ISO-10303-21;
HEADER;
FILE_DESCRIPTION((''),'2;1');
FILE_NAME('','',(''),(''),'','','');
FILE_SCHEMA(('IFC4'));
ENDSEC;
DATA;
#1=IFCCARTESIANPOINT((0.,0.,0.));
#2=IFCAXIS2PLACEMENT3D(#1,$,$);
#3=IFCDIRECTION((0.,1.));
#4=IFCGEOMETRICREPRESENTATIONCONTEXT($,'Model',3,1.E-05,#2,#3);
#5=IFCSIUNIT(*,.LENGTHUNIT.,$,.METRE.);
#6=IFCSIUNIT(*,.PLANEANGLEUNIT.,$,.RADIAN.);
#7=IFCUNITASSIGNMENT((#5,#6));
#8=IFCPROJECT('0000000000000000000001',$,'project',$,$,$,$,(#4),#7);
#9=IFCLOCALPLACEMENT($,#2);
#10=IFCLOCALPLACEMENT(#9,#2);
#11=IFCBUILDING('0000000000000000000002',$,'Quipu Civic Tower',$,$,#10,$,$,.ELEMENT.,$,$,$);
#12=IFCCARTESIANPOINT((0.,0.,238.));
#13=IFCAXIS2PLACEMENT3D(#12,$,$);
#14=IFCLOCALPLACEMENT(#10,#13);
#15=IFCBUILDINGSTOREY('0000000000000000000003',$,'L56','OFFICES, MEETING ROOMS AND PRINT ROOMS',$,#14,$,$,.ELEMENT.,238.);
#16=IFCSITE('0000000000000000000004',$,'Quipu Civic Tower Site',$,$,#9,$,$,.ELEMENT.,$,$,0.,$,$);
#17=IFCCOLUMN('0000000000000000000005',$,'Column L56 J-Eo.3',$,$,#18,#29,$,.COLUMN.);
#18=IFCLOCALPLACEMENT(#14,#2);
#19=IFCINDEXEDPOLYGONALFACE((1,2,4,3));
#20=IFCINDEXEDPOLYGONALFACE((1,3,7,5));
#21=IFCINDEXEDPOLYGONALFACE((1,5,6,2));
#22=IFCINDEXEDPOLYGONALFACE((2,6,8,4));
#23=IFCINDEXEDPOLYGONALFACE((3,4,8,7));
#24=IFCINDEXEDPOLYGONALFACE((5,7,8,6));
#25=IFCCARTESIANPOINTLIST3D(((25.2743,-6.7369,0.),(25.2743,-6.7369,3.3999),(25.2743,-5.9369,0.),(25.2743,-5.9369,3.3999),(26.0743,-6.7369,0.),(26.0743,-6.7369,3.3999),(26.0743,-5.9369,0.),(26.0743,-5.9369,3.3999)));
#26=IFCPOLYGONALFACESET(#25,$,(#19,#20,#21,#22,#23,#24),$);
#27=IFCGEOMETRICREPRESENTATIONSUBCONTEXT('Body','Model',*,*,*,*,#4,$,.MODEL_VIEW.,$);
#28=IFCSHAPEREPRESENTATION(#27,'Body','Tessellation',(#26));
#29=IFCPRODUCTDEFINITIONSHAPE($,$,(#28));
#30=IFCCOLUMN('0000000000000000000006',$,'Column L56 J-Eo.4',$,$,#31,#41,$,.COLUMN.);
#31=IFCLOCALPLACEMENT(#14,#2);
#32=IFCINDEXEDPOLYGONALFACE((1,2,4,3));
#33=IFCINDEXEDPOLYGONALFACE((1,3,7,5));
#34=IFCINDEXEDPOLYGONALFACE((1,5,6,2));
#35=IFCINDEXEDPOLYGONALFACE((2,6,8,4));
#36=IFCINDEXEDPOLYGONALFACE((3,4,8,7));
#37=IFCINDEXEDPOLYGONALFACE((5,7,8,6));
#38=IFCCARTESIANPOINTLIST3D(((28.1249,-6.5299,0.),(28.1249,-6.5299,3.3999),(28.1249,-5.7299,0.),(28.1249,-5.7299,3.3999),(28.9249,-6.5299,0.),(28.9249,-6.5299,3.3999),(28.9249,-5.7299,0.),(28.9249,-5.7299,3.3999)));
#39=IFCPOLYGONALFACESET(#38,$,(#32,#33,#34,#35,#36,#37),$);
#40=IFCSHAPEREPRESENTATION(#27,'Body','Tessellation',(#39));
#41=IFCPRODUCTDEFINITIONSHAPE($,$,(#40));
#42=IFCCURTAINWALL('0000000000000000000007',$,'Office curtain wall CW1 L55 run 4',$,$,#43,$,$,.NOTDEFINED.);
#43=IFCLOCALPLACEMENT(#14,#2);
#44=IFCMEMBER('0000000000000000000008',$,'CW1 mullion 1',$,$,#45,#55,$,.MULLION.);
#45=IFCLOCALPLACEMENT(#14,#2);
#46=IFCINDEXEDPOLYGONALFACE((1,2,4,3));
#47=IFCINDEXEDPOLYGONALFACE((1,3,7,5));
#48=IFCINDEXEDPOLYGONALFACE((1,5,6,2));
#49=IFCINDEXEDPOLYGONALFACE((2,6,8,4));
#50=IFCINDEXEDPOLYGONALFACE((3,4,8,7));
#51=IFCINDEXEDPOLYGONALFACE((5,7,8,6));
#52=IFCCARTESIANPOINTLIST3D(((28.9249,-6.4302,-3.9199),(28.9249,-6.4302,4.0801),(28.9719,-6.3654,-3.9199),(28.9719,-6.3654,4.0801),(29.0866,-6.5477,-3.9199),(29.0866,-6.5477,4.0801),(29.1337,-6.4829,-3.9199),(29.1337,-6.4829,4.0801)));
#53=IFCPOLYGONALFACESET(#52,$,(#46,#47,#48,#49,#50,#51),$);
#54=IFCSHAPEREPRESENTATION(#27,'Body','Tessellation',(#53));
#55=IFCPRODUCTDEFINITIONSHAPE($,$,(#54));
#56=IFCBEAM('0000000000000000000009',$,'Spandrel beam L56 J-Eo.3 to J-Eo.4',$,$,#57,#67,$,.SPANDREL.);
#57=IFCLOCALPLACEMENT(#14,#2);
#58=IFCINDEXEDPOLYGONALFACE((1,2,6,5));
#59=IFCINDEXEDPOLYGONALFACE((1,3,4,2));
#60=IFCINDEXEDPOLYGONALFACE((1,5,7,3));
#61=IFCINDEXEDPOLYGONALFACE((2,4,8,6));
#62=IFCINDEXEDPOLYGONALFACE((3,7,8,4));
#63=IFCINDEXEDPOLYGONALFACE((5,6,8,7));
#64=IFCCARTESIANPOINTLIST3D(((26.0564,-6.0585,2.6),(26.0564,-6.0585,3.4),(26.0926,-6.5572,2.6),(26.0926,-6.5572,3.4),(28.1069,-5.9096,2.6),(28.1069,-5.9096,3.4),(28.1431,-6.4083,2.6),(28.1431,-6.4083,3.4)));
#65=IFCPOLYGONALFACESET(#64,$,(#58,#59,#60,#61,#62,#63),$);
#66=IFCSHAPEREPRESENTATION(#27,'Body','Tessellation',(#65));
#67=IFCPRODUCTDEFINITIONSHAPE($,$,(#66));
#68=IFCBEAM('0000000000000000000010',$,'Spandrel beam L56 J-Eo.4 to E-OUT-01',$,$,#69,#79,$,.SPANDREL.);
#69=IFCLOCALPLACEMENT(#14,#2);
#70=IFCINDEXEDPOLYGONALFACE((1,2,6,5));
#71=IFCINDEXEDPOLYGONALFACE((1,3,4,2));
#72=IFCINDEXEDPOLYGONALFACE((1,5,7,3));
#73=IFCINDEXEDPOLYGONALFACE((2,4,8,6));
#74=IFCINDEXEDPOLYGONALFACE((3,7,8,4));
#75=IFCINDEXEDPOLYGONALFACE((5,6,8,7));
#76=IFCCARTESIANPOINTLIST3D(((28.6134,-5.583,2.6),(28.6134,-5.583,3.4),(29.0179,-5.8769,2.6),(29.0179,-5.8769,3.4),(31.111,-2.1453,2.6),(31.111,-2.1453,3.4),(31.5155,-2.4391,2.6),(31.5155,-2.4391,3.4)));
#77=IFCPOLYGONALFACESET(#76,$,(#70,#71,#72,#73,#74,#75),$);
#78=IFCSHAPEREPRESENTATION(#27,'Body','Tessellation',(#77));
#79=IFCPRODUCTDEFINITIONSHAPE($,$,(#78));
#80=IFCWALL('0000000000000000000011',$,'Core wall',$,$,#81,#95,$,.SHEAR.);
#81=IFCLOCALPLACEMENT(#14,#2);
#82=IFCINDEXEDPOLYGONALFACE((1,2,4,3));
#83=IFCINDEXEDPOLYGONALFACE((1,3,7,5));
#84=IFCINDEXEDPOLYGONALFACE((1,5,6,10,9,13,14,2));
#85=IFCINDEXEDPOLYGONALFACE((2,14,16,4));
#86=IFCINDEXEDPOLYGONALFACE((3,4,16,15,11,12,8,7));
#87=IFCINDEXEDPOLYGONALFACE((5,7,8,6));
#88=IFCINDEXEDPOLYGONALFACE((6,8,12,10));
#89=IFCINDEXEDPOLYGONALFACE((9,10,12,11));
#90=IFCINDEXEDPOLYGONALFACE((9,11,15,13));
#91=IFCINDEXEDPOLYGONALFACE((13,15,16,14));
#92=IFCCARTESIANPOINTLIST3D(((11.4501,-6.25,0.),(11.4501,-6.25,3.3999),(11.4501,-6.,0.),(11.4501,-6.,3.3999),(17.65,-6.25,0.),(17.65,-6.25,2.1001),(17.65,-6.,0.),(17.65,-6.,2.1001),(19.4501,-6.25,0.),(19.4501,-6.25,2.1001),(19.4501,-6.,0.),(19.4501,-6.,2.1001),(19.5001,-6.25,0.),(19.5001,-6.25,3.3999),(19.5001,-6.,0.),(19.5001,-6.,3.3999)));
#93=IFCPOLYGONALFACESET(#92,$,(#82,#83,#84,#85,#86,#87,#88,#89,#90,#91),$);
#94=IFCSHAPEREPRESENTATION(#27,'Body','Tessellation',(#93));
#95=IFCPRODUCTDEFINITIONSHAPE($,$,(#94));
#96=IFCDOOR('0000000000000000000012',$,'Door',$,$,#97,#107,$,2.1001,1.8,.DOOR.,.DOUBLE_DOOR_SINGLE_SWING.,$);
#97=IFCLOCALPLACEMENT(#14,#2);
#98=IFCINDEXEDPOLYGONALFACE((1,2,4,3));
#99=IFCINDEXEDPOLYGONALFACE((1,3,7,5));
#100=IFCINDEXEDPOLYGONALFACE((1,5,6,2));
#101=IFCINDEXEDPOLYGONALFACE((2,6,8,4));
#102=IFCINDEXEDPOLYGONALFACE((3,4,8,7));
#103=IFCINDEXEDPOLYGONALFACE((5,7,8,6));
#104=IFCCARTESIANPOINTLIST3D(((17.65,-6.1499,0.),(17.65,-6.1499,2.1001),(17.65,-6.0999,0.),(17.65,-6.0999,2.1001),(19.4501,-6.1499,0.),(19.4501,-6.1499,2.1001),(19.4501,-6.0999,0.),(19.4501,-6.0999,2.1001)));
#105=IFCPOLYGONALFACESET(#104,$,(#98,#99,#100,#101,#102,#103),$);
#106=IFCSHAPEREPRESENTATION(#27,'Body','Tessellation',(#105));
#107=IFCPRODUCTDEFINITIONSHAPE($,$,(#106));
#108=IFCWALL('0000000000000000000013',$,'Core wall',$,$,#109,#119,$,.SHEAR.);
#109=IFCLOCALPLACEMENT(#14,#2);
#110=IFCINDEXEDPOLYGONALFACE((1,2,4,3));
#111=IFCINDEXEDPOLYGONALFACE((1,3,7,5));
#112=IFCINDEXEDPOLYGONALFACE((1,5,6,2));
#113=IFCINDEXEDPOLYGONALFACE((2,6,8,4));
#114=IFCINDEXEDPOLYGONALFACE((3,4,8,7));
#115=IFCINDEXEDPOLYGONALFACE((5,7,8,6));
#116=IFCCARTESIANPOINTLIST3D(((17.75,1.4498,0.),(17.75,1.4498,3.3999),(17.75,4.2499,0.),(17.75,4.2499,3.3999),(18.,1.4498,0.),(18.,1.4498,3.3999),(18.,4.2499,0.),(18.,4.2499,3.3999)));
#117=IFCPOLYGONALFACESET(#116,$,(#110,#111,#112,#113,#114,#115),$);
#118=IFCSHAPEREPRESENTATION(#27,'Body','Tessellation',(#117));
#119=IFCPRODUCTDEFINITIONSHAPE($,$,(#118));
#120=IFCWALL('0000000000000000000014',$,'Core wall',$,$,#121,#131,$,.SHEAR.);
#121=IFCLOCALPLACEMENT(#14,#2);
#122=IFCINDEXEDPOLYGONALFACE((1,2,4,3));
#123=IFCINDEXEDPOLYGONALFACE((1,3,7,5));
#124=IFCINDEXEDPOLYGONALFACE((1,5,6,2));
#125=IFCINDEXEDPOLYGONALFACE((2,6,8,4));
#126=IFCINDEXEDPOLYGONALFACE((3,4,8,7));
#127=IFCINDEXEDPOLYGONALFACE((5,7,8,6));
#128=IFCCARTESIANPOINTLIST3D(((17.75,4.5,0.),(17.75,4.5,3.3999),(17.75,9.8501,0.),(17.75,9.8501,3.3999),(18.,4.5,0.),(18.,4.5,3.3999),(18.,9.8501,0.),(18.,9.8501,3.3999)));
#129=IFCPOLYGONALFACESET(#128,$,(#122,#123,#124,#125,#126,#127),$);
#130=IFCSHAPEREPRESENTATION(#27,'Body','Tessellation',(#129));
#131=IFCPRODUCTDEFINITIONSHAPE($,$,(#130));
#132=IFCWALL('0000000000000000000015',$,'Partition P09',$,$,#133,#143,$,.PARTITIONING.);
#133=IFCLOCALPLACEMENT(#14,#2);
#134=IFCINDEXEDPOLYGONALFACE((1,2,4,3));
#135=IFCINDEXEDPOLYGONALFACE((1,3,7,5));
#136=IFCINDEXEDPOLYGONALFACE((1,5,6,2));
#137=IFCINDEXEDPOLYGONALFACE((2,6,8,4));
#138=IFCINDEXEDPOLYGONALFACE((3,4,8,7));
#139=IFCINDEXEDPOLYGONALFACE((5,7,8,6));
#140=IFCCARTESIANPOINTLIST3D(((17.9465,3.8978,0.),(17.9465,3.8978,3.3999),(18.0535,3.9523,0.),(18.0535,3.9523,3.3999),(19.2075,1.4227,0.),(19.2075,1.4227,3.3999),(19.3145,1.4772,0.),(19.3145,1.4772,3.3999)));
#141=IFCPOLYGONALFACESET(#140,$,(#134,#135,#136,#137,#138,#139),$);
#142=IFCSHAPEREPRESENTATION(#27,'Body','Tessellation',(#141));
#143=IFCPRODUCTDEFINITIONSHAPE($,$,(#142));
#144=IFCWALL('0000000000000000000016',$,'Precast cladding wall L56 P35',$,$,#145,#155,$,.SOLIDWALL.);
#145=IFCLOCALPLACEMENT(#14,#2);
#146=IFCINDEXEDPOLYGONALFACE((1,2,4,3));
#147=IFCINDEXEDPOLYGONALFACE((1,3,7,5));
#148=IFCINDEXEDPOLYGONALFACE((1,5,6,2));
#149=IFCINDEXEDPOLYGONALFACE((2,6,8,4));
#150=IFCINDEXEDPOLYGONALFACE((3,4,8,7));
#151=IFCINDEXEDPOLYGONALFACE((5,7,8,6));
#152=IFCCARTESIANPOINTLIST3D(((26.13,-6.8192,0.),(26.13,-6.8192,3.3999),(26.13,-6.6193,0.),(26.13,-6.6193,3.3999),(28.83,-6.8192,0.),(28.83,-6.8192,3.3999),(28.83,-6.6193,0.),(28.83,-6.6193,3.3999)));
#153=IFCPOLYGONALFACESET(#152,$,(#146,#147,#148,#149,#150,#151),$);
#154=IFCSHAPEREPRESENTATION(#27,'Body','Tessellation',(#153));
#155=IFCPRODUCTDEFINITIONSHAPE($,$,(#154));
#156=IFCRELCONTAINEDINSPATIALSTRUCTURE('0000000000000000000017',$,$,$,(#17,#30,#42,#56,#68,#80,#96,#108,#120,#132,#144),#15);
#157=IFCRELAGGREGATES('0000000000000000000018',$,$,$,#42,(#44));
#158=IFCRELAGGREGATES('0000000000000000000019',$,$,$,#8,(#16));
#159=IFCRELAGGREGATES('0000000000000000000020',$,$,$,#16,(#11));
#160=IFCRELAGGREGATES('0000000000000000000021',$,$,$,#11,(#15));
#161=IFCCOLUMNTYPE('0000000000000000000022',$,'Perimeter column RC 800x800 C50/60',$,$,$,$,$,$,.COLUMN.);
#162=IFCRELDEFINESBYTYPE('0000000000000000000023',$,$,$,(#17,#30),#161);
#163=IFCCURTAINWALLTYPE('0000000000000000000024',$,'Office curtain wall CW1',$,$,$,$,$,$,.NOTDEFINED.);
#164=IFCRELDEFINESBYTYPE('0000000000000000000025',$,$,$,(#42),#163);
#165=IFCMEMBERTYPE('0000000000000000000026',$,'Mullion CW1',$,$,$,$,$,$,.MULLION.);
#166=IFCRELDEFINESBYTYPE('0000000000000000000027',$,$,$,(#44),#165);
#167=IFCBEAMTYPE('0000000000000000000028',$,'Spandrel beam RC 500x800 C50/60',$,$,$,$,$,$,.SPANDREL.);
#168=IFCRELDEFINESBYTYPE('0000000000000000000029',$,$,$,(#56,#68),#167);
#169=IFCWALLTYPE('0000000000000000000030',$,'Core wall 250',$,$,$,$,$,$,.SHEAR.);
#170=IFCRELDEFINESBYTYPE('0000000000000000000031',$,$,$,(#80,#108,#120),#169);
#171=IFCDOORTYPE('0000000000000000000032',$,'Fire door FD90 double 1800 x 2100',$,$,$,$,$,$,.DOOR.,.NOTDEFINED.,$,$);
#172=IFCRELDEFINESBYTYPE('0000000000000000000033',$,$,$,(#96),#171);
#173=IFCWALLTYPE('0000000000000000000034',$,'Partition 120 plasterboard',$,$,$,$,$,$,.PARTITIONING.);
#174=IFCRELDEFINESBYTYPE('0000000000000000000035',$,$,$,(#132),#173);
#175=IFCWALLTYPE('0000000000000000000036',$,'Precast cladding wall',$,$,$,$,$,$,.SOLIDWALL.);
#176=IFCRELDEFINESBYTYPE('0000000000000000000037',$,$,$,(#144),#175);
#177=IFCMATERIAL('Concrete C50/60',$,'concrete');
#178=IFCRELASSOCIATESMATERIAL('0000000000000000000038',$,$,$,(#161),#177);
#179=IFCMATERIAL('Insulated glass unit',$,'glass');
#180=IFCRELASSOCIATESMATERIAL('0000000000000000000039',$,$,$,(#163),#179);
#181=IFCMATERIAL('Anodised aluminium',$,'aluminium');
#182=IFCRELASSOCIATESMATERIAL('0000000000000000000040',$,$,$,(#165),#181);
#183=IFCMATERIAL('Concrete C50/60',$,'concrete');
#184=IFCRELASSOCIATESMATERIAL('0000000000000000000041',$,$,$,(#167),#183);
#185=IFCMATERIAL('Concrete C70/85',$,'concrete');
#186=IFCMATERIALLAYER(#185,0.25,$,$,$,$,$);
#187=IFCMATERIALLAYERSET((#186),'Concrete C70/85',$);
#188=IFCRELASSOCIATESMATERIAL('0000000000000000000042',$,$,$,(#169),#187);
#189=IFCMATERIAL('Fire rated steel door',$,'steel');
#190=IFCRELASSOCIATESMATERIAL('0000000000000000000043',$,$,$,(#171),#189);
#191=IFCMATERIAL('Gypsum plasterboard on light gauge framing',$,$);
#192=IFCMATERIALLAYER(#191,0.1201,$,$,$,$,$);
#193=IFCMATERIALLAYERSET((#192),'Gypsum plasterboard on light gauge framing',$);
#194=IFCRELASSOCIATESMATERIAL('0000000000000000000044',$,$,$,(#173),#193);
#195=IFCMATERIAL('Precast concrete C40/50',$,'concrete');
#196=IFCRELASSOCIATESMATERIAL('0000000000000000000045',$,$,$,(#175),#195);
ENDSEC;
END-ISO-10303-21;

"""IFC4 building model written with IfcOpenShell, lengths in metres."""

from ifc_helpers import new_model, si_unit, direction, frame, frame_2d, origin, origin_2d, place, context, subcontext, project, spatial, rectangle, extrude, material, layer, layer_set, material_profile, profile_set, type_object, element, fill, aggregate, save


model = new_model("IFC4")

# Units and contexts
model_context = context("Model", 3, precision=1e-05, world=origin(), true_north=direction((0.0, 1.0)))
body_context = subcontext(model_context, "Body", "Model", "MODEL_VIEW")
ifc_project = project(units=[si_unit("LENGTHUNIT", "METRE"), si_unit("PLANEANGLEUNIT", "RADIAN")], contexts=[model_context])

# Site, building, storey
site_placement = place(None, origin())
site = spatial("IfcSite", under=ifc_project, at=site_placement, Name="Quipu Civic Tower Site", CompositionType="ELEMENT", RefElevation=0.0)
building_placement = place(site_placement, origin())
building = spatial("IfcBuilding", under=site, at=building_placement, Name="Quipu Civic Tower", CompositionType="ELEMENT")
storey_placement = place(building_placement, frame((0.0, 0.0, 238.0)))
storey = spatial("IfcBuildingStorey", under=building, at=storey_placement, Name="L56", Description="OFFICES, MEETING ROOMS AND PRINT ROOMS", CompositionType="ELEMENT", Elevation=238.0)

# Columns
ifc_material_1 = material(Name="Concrete C50/60", Category="concrete")
ifc_material_profile_1 = material_profile(ifc_material_1, rectangle(XDim=0.8, YDim=0.8, at=origin_2d()), Name="RC800x800")
ifc_profile_set_1 = profile_set([ifc_material_profile_1], Name="Concrete C50/60")
column_type = type_object("IfcColumnType", Name="Perimeter column RC 800x800 C50/60", PredefinedType="COLUMN", material=ifc_profile_set_1)
for number, where, z_axis, x_axis, name in (
    (1, (25.6743, -6.3369, 0.0), (0.0, 0.0, 1.0), (1.0, 0.0, 0.0), "Column L56 J-Eo.3"),
    (2, (28.5249, -6.1299, 0.0), (0.0, 0.0, 1.0), (1.0, 0.0, 0.0), "Column L56 J-Eo.4"),
):
    element("IfcColumn", number, at=place(storey_placement, frame(where, z_axis=z_axis, x_axis=x_axis)), inside=storey, type_object=column_type, Name=name, PredefinedType="COLUMN", context=body_context, shape_type="SweptSolid", body=[
        extrude(rectangle(XDim=0.8, YDim=0.8, at=origin_2d()), origin(), (0.0, 0.0, 1.0), 3.3999),
    ])

# Curtain wall, member
ifc_material_2 = material(Name="Insulated glass unit", Category="glass")
curtain_wall_type = type_object("IfcCurtainWallType", Name="Office curtain wall CW1", PredefinedType="NOTDEFINED", material=ifc_material_2)
curtain_wall_placement = place(storey_placement, origin())
curtain_wall = element("IfcCurtainWall", 3, at=curtain_wall_placement, inside=storey, type_object=curtain_wall_type, Name="Office curtain wall CW1 L55 run 4", PredefinedType="NOTDEFINED")
ifc_material_3 = material(Name="Anodised aluminium", Category="aluminium")
ifc_material_profile_2 = material_profile(ifc_material_3, rectangle(XDim=0.2, YDim=0.0801, at=origin_2d()), Name="RECT 200x80")
ifc_profile_set_2 = profile_set([ifc_material_profile_2], Name="Anodised aluminium")
member_type = type_object("IfcMemberType", Name="Mullion CW1", PredefinedType="MULLION", material=ifc_profile_set_2)
member_placement = place(storey_placement, frame((29.0293, -6.4565, -3.9199), z_axis=(0.0, 0.0, 1.0), x_axis=(-0.809016, 0.587787, 0.0)))
member = element("IfcMember", 4, at=member_placement, type_object=member_type, Name="CW1 mullion 1", PredefinedType="MULLION", context=body_context, shape_type="SweptSolid", body=[
    extrude(rectangle(XDim=0.2, YDim=0.0801, at=origin_2d()), origin(), (0.0, 0.0, 1.0), 8.0),
])
aggregate(curtain_wall, [member])

# Beams
ifc_material_4 = material(Name="Concrete C50/60", Category="concrete")
ifc_material_profile_3 = material_profile(ifc_material_4, rectangle(XDim=0.5, YDim=0.8, at=origin_2d()), Name="RC500x800")
ifc_profile_set_3 = profile_set([ifc_material_profile_3], Name="Concrete C50/60")
beam_type = type_object("IfcBeamType", Name="Spandrel beam RC 500x800 C50/60", PredefinedType="SPANDREL", material=ifc_profile_set_3)
beam_1_placement = place(storey_placement, frame((26.0745, -6.3079, 3.0), z_axis=(0.997373, 0.072437, 0.0), x_axis=(-0.072437, 0.997373, 0.0)))
element("IfcBeam", 5, at=beam_1_placement, inside=storey, type_object=beam_type, Name="Spandrel beam L56 J-Eo.3 to J-Eo.4", PredefinedType="SPANDREL", context=body_context, shape_type="SweptSolid", body=[
    extrude(rectangle(XDim=0.5, YDim=0.8, at=origin_2d()), origin(), (0.0, 0.0, 1.0), 2.0559),
])
beam_2_placement = place(storey_placement, frame((28.8157, -5.73, 3.0), z_axis=(0.587769, 0.809029, 0.0), x_axis=(-0.809029, 0.587769, 0.0)))
element("IfcBeam", 6, at=beam_2_placement, inside=storey, type_object=beam_type, Name="Spandrel beam L56 J-Eo.4 to E-OUT-01", PredefinedType="SPANDREL", context=body_context, shape_type="SweptSolid", body=[
    extrude(rectangle(XDim=0.5, YDim=0.8, at=origin_2d()), origin(), (0.0, 0.0, 1.0), 4.2493),
])

# Wall, opening, door
ifc_material_5 = material(Name="Concrete C70/85", Category="concrete")
ifc_layer_1 = layer(ifc_material_5, 0.25)
ifc_layer_set_1 = layer_set([ifc_layer_1], Name="Concrete C70/85")
wall_type_1 = type_object("IfcWallType", Name="Core wall 250", PredefinedType="SHEAR", material=ifc_layer_set_1)
wall_1_placement = place(storey_placement, frame((19.5, -6.125, 0.0), z_axis=(0.0, 0.0, 1.0), x_axis=(-1.0, 0.0, 0.0)))
wall_1 = element("IfcWall", 7, at=wall_1_placement, inside=storey, type_object=wall_type_1, Name="Core wall", PredefinedType="SHEAR", context=body_context, shape_type="SweptSolid", body=[
    extrude(rectangle(XDim=8.05, YDim=0.25, at=frame_2d((4.0249, 0.0))), origin(), (0.0, 0.0, 1.0), 3.3999),
])
opening_1_placement = place(wall_1_placement, frame((0.05, 0.0, 0.0)))
opening_1 = element("IfcOpeningElement", 8, at=opening_1_placement, cuts=wall_1, PredefinedType="OPENING", context=body_context, shape_type="SweptSolid", body=[
    extrude(rectangle(XDim=1.8, YDim=2.1001, at=frame_2d((0.8999, 1.05))), frame((0.0, 0.135, 0.0), z_axis=(0.0, -1.0, 0.0), x_axis=(1.0, 0.0, 0.0)), (0.0, 0.0, 1.0), 0.27),
])
ifc_material_6 = material(Name="Fire rated steel door", Category="steel")
door_type_1 = type_object("IfcDoorType", Name="Fire door FD90 double 1800 x 2100", OperationType="NOTDEFINED", PredefinedType="DOOR", material=ifc_material_6)
door_1_placement = place(opening_1_placement, origin())
door_1 = element("IfcDoor", 9, at=door_1_placement, inside=storey, type_object=door_type_1, Name="Door", OperationType="DOUBLE_DOOR_SINGLE_SWING", OverallHeight=2.1001, OverallWidth=1.8, PredefinedType="DOOR", context=body_context, shape_type="SweptSolid", body=[
    extrude(rectangle(XDim=1.8, YDim=2.1001, at=frame_2d((0.8999, 1.05))), frame((0.0, 0.0249, 0.0), z_axis=(0.0, -1.0, 0.0), x_axis=(1.0, 0.0, 0.0)), (0.0, 0.0, 1.0), 0.05),
])
fill(opening_1, door_1)

# Walls
wall_2_placement = place(storey_placement, frame((17.875, 1.45, 0.0), z_axis=(0.0, 0.0, 1.0), x_axis=(0.0, 1.0, 0.0)))
element("IfcWall", 10, at=wall_2_placement, inside=storey, type_object=wall_type_1, Name="Core wall", PredefinedType="SHEAR", context=body_context, shape_type="SweptSolid", body=[
    extrude(rectangle(XDim=2.8, YDim=0.25, at=frame_2d((1.3999, 0.0))), origin(), (0.0, 0.0, 1.0), 3.3999),
])
wall_3_placement = place(storey_placement, frame((17.875, 4.5, 0.0), z_axis=(0.0, 0.0, 1.0), x_axis=(0.0, 1.0, 0.0)))
element("IfcWall", 11, at=wall_3_placement, inside=storey, type_object=wall_type_1, Name="Core wall", PredefinedType="SHEAR", context=body_context, shape_type="SweptSolid", body=[
    extrude(rectangle(XDim=5.3501, YDim=0.25, at=frame_2d((2.675, 0.0))), origin(), (0.0, 0.0, 1.0), 3.3999),
])

# Walls
ifc_material_7 = material(Name="Gypsum plasterboard on light gauge framing")
ifc_layer_2 = layer(ifc_material_7, 0.1201)
ifc_layer_set_2 = layer_set([ifc_layer_2], Name="Gypsum plasterboard on light gauge framing")
wall_type_2 = type_object("IfcWallType", Name="Partition 120 plasterboard", PredefinedType="PARTITIONING", material=ifc_layer_set_2)
wall_4_placement = place(storey_placement, frame((18.0, 3.925, 0.0), z_axis=(0.0, 0.0, 1.0), x_axis=(0.453951, -0.891027, 0.0)))
element("IfcWall", 12, at=wall_4_placement, inside=storey, type_object=wall_type_2, Name="Partition P09", PredefinedType="PARTITIONING", context=body_context, shape_type="SweptSolid", body=[
    extrude(rectangle(XDim=2.7778, YDim=0.1201, at=frame_2d((1.3889, 0.0))), origin(), (0.0, 0.0, 1.0), 3.3999),
])
ifc_material_8 = material(Name="Precast concrete C40/50", Category="concrete")
wall_type_3 = type_object("IfcWallType", Name="Precast cladding wall", PredefinedType="SOLIDWALL", material=ifc_material_8)
wall_5_placement = place(storey_placement, frame((26.1299, -6.7192, 0.0), z_axis=(0.0, 0.0, 1.0), x_axis=(1.0, 0.0, 0.0)))
element("IfcWall", 13, at=wall_5_placement, inside=storey, type_object=wall_type_3, Name="Precast cladding wall L56 P35", PredefinedType="SOLIDWALL", context=body_context, shape_type="SweptSolid", body=[
    extrude(rectangle(XDim=2.7, YDim=0.2, at=frame_2d((1.3501, 0.0))), origin(), (0.0, 0.0, 1.0), 3.3999),
])

save(model, "model.ifc")
